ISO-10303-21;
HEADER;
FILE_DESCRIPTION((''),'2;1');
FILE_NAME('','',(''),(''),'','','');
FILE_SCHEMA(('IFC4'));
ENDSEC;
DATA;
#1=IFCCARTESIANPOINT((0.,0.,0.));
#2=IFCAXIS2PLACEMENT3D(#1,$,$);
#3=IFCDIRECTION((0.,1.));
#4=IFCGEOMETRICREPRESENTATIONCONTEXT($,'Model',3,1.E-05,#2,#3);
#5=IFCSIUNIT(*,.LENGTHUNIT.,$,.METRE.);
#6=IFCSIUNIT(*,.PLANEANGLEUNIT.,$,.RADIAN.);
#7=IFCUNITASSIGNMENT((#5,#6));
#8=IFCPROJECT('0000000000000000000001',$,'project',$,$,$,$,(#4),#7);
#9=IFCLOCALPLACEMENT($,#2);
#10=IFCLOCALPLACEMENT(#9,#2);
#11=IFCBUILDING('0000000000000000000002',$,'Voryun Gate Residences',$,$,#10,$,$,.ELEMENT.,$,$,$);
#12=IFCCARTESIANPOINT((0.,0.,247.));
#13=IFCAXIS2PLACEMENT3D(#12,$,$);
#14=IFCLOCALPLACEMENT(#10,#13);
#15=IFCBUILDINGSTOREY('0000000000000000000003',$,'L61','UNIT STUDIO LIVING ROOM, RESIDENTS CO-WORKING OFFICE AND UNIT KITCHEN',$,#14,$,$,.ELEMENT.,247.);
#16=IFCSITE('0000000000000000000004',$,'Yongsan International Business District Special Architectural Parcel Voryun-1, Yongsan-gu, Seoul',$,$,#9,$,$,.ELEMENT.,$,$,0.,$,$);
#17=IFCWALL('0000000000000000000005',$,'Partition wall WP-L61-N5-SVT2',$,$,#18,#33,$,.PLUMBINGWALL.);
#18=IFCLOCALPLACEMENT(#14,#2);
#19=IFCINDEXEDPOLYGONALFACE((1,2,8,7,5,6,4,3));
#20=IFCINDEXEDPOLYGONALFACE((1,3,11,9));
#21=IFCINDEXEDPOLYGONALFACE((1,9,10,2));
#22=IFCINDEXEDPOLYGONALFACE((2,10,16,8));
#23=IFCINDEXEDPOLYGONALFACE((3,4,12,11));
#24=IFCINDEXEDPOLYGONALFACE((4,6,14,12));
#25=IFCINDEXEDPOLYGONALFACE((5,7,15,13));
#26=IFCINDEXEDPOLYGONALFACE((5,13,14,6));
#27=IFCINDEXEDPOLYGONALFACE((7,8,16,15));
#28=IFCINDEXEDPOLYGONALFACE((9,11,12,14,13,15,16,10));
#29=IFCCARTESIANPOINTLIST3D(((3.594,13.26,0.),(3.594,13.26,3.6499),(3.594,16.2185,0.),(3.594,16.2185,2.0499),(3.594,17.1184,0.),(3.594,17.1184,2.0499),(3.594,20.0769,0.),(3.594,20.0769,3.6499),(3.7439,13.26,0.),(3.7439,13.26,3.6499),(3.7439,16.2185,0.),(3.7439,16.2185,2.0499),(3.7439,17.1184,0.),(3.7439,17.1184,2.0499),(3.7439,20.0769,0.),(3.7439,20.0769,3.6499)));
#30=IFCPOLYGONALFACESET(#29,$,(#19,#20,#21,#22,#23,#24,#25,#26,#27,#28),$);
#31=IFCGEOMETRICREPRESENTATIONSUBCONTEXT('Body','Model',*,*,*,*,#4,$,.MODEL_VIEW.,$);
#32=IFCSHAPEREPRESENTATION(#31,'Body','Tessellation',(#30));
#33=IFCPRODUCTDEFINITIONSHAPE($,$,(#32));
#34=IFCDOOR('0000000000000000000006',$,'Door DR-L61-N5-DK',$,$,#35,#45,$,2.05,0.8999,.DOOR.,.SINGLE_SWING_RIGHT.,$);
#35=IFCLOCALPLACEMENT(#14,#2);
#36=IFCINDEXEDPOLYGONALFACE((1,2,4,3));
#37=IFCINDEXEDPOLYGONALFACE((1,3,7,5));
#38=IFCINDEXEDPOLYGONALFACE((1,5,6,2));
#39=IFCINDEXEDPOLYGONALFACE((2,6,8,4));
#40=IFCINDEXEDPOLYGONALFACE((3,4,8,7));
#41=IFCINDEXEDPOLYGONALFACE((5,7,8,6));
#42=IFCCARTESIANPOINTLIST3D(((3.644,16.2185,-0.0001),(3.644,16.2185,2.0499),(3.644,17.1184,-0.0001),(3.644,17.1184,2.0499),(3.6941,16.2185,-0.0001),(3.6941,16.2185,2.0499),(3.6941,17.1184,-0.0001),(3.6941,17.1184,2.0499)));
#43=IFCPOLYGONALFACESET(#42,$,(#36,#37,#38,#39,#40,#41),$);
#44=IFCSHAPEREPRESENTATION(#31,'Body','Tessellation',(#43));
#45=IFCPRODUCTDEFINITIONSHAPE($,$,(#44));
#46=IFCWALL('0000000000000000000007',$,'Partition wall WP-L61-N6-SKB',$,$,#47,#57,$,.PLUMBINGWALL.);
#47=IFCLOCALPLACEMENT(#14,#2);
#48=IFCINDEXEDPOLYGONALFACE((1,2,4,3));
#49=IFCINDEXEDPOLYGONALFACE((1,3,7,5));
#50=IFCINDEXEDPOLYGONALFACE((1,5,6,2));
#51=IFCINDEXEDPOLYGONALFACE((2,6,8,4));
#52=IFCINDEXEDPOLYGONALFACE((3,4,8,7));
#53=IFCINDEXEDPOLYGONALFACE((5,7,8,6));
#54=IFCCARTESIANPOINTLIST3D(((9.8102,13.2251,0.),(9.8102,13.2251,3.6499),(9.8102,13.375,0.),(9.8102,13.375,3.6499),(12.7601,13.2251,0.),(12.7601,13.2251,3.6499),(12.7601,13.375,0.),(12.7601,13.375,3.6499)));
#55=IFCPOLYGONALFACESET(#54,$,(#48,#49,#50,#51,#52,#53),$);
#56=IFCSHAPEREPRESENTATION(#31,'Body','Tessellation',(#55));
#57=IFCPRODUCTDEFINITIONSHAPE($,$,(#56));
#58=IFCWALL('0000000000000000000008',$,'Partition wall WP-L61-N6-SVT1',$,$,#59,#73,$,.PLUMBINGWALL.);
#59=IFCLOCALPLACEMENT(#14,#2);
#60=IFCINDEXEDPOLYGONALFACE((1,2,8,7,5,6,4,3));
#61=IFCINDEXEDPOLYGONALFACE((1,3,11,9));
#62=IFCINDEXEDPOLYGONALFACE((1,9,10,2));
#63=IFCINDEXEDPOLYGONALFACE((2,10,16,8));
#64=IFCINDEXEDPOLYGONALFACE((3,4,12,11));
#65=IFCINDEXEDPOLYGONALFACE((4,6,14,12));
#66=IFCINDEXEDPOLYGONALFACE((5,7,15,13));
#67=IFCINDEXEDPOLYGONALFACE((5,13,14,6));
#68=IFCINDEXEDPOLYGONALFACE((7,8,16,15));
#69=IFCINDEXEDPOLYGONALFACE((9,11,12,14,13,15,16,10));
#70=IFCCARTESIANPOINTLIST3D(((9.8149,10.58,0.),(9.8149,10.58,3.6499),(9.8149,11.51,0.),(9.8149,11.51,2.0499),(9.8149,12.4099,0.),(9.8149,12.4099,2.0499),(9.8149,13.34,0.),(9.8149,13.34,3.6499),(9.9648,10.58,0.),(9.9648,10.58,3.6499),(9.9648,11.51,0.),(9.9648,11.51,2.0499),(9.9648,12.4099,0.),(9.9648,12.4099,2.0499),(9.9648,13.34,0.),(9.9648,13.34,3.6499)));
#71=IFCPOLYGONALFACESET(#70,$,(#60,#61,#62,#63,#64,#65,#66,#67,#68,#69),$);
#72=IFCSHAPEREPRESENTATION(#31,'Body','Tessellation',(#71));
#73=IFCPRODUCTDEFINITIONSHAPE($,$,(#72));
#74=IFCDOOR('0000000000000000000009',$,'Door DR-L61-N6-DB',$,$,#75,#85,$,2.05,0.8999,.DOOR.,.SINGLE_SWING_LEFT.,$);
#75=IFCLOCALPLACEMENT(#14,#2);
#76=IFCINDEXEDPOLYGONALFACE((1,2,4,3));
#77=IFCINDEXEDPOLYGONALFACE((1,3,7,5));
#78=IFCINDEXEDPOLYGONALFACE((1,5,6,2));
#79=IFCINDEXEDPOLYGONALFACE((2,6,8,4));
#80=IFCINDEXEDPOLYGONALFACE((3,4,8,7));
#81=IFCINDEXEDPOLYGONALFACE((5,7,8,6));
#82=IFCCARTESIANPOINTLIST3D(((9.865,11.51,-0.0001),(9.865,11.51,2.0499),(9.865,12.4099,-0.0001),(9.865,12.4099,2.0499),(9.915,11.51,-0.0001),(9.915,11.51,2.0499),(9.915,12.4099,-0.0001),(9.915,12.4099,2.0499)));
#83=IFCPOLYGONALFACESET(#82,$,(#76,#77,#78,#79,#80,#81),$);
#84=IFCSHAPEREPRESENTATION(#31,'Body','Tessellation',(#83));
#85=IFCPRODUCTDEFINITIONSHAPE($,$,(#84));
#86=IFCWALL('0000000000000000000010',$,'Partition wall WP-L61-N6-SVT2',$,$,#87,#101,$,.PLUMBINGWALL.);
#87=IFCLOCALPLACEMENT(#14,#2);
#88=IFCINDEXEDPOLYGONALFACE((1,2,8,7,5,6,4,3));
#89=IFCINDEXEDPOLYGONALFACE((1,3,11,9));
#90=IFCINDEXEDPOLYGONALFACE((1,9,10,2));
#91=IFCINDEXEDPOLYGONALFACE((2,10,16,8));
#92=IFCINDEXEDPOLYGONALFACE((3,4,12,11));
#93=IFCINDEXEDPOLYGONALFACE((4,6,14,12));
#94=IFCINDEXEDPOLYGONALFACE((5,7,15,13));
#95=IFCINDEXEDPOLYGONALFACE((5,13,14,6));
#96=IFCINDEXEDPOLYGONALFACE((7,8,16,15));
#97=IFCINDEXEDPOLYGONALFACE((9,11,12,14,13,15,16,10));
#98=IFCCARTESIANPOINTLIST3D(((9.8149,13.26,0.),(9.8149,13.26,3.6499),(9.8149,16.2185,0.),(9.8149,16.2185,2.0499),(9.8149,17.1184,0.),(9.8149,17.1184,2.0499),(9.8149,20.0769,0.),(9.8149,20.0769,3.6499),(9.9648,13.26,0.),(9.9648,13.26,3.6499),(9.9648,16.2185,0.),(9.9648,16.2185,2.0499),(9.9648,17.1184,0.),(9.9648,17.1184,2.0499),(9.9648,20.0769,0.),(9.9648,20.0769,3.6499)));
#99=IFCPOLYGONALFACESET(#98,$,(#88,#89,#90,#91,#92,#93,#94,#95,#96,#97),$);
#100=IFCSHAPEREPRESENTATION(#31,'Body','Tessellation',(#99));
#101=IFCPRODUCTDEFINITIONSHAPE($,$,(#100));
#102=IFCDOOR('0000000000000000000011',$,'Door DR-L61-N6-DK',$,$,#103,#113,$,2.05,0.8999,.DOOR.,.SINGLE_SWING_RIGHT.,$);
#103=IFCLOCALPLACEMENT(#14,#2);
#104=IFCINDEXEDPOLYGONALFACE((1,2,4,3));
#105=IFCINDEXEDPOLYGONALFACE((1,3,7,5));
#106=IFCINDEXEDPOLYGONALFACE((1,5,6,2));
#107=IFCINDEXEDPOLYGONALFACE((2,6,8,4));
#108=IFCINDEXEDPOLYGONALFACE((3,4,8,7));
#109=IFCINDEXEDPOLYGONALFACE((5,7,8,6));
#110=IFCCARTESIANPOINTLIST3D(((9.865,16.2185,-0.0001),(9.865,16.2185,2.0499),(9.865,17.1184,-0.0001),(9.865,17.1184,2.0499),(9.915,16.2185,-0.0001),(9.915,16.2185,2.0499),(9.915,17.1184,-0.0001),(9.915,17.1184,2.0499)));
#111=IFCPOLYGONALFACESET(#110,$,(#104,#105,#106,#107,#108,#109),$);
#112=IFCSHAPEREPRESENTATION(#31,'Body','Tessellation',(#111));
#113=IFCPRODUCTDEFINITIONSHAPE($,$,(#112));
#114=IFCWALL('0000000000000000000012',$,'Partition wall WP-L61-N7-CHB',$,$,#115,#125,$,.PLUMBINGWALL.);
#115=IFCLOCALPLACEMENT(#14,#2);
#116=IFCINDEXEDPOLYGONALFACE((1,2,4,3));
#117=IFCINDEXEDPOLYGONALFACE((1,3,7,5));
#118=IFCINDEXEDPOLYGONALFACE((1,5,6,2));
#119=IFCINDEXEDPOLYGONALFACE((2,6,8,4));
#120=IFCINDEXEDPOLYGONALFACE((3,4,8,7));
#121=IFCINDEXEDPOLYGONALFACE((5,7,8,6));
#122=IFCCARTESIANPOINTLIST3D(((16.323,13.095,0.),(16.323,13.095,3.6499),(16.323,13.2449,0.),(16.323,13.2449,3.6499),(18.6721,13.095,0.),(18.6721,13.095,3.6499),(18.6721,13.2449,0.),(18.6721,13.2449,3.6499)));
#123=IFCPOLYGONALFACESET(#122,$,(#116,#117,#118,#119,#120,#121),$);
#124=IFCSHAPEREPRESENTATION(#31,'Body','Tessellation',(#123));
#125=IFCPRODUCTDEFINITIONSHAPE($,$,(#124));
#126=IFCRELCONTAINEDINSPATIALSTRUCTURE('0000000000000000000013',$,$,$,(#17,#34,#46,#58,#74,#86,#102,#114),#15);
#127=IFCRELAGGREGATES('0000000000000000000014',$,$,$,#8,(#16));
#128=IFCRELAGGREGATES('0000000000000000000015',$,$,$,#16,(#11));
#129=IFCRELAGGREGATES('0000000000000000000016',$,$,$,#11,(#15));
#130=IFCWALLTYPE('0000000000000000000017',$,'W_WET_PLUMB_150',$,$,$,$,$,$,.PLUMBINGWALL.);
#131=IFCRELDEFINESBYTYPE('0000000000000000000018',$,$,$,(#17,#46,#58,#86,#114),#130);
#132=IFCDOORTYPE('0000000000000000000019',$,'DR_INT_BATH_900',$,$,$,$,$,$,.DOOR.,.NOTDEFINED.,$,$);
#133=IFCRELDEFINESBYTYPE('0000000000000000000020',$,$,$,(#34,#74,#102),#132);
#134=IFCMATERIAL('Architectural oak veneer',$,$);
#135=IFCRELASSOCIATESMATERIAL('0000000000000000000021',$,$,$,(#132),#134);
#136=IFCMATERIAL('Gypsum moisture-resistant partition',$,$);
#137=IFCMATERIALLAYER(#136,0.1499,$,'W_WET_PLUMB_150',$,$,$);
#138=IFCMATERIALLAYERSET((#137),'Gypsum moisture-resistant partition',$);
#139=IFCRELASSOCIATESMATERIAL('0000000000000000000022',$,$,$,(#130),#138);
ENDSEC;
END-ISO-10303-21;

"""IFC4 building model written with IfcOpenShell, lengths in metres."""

from ifc_helpers import new_model, si_unit, direction, frame, frame_2d, origin, place, context, subcontext, project, spatial, rectangle, extrude, material, layer, layer_set, type_object, element, fill, save


model = new_model("IFC4")

# Units and contexts
model_context = context("Model", 3, precision=1e-05, world=origin(), true_north=direction((0.0, 1.0)))
body_context = subcontext(model_context, "Body", "Model", "MODEL_VIEW")
ifc_project = project(units=[si_unit("LENGTHUNIT", "METRE"), si_unit("PLANEANGLEUNIT", "RADIAN")], contexts=[model_context])

# Site, building, storey
site_placement = place(None, origin())
site = spatial("IfcSite", under=ifc_project, at=site_placement, Name="Yongsan International Business District Special Architectural Parcel Voryun-1, Yongsan-gu, Seoul", CompositionType="ELEMENT", RefElevation=0.0)
building_placement = place(site_placement, origin())
building = spatial("IfcBuilding", under=site, at=building_placement, Name="Voryun Gate Residences", CompositionType="ELEMENT")
storey_placement = place(building_placement, frame((0.0, 0.0, 247.0)))
storey = spatial("IfcBuildingStorey", under=building, at=storey_placement, Name="L61", Description="UNIT STUDIO LIVING ROOM, RESIDENTS CO-WORKING OFFICE AND UNIT KITCHEN", CompositionType="ELEMENT", Elevation=247.0)

# Shared definitions
ifc_material_1 = material(Name="Architectural oak veneer")
door_type_1 = type_object("IfcDoorType", Name="DR_INT_BATH_900", OperationType="NOTDEFINED", PredefinedType="DOOR", material=ifc_material_1)

# Shared definitions
ifc_material_2 = material(Name="Gypsum moisture-resistant partition")
ifc_layer_1 = layer(ifc_material_2, 0.1499, Name="W_WET_PLUMB_150")
ifc_layer_set_1 = layer_set([ifc_layer_1], Name="Gypsum moisture-resistant partition")
wall_type_1 = type_object("IfcWallType", Name="W_WET_PLUMB_150", PredefinedType="PLUMBINGWALL", material=ifc_layer_set_1)

# Wall, opening, door
wall_1_placement = place(storey_placement, frame((3.6689, 13.26, 0.0), z_axis=(0.0, 0.0, 1.0), x_axis=(0.0, 1.0, 0.0)))
wall_1 = element("IfcWall", 1, at=wall_1_placement, inside=storey, type_object=wall_type_1, Name="Partition wall WP-L61-N5-SVT2", PredefinedType="PLUMBINGWALL", context=body_context, shape_type="SweptSolid", body=[
    extrude(rectangle(XDim=6.8169, YDim=0.1499, at=frame_2d((3.4084, 0.0))), origin(), (0.0, 0.0, 1.0), 3.6499),
])
opening_1_placement = place(wall_1_placement, frame((2.9585, 0.0, 0.0)))
opening_1 = element("IfcOpeningElement", 2, at=opening_1_placement, cuts=wall_1, PredefinedType="OPENING", context=body_context, shape_type="SweptSolid", body=[
    extrude(rectangle(XDim=0.8999, YDim=2.05, at=frame_2d((0.45, 1.0249))), frame((0.0, 0.085, 0.0), z_axis=(0.0, -1.0, 0.0), x_axis=(1.0, 0.0, 0.0)), (0.0, 0.0, 1.0), 0.1699),
])
door_1_placement = place(opening_1_placement, origin())
door_1 = element("IfcDoor", 3, at=door_1_placement, inside=storey, type_object=door_type_1, Name="Door DR-L61-N5-DK", OperationType="SINGLE_SWING_RIGHT", OverallHeight=2.05, OverallWidth=0.8999, PredefinedType="DOOR", context=body_context, shape_type="SweptSolid", body=[
    extrude(rectangle(XDim=0.8999, YDim=2.05, at=frame_2d((0.45, 1.0249))), frame((0.0, 0.0249, 0.0), z_axis=(0.0, -1.0, 0.0), x_axis=(1.0, 0.0, 0.0)), (0.0, 0.0, 1.0), 0.05),
])
fill(opening_1, door_1)

# Wall
wall_2_placement = place(storey_placement, frame((9.8101, 13.3, 0.0), z_axis=(0.0, 0.0, 1.0), x_axis=(1.0, 0.0, 0.0)))
element("IfcWall", 4, at=wall_2_placement, inside=storey, type_object=wall_type_1, Name="Partition wall WP-L61-N6-SKB", PredefinedType="PLUMBINGWALL", context=body_context, shape_type="SweptSolid", body=[
    extrude(rectangle(XDim=2.95, YDim=0.1499, at=frame_2d((1.4751, 0.0))), origin(), (0.0, 0.0, 1.0), 3.6499),
])

# Walls, openings, doors
wall_3_placement = place(storey_placement, frame((9.8899, 10.5801, 0.0), z_axis=(0.0, 0.0, 1.0), x_axis=(0.0, 1.0, 0.0)))
wall_3 = element("IfcWall", 5, at=wall_3_placement, inside=storey, type_object=wall_type_1, Name="Partition wall WP-L61-N6-SVT1", PredefinedType="PLUMBINGWALL", context=body_context, shape_type="SweptSolid", body=[
    extrude(rectangle(XDim=2.76, YDim=0.1499, at=frame_2d((1.3799, 0.0))), origin(), (0.0, 0.0, 1.0), 3.6499),
])
opening_2_placement = place(wall_3_placement, frame((0.9299, 0.0, 0.0)))
opening_2 = element("IfcOpeningElement", 6, at=opening_2_placement, cuts=wall_3, PredefinedType="OPENING", context=body_context, shape_type="SweptSolid", body=[
    extrude(rectangle(XDim=0.8999, YDim=2.05, at=frame_2d((0.45, 1.0249))), frame((0.0, 0.085, 0.0), z_axis=(0.0, -1.0, 0.0), x_axis=(1.0, 0.0, 0.0)), (0.0, 0.0, 1.0), 0.1699),
])
door_2_placement = place(opening_2_placement, origin())
door_2 = element("IfcDoor", 7, at=door_2_placement, inside=storey, type_object=door_type_1, Name="Door DR-L61-N6-DB", OperationType="SINGLE_SWING_LEFT", OverallHeight=2.05, OverallWidth=0.8999, PredefinedType="DOOR", context=body_context, shape_type="SweptSolid", body=[
    extrude(rectangle(XDim=0.8999, YDim=2.05, at=frame_2d((0.45, 1.0249))), frame((0.0, 0.0249, 0.0), z_axis=(0.0, -1.0, 0.0), x_axis=(1.0, 0.0, 0.0)), (0.0, 0.0, 1.0), 0.05),
])
fill(opening_2, door_2)
wall_4_placement = place(storey_placement, frame((9.8899, 13.26, 0.0), z_axis=(0.0, 0.0, 1.0), x_axis=(0.0, 1.0, 0.0)))
wall_4 = element("IfcWall", 8, at=wall_4_placement, inside=storey, type_object=wall_type_1, Name="Partition wall WP-L61-N6-SVT2", PredefinedType="PLUMBINGWALL", context=body_context, shape_type="SweptSolid", body=[
    extrude(rectangle(XDim=6.8169, YDim=0.1499, at=frame_2d((3.4084, 0.0))), origin(), (0.0, 0.0, 1.0), 3.6499),
])
opening_3_placement = place(wall_4_placement, frame((2.9585, 0.0, 0.0)))
opening_3 = element("IfcOpeningElement", 9, at=opening_3_placement, cuts=wall_4, PredefinedType="OPENING", context=body_context, shape_type="SweptSolid", body=[
    extrude(rectangle(XDim=0.8999, YDim=2.05, at=frame_2d((0.45, 1.0249))), frame((0.0, 0.085, 0.0), z_axis=(0.0, -1.0, 0.0), x_axis=(1.0, 0.0, 0.0)), (0.0, 0.0, 1.0), 0.1699),
])
door_3_placement = place(opening_3_placement, origin())
door_3 = element("IfcDoor", 10, at=door_3_placement, inside=storey, type_object=door_type_1, Name="Door DR-L61-N6-DK", OperationType="SINGLE_SWING_RIGHT", OverallHeight=2.05, OverallWidth=0.8999, PredefinedType="DOOR", context=body_context, shape_type="SweptSolid", body=[
    extrude(rectangle(XDim=0.8999, YDim=2.05, at=frame_2d((0.45, 1.0249))), frame((0.0, 0.0249, 0.0), z_axis=(0.0, -1.0, 0.0), x_axis=(1.0, 0.0, 0.0)), (0.0, 0.0, 1.0), 0.05),
])
fill(opening_3, door_3)

# Wall
wall_5_placement = place(storey_placement, frame((16.323, 13.1699, 0.0), z_axis=(0.0, 0.0, 1.0), x_axis=(1.0, 0.0, 0.0)))
element("IfcWall", 11, at=wall_5_placement, inside=storey, type_object=wall_type_1, Name="Partition wall WP-L61-N7-CHB", PredefinedType="PLUMBINGWALL", context=body_context, shape_type="SweptSolid", body=[
    extrude(rectangle(XDim=2.3491, YDim=0.1499, at=frame_2d((1.1746, 0.0))), origin(), (0.0, 0.0, 1.0), 3.6499),
])

save(model, "model.ifc")
